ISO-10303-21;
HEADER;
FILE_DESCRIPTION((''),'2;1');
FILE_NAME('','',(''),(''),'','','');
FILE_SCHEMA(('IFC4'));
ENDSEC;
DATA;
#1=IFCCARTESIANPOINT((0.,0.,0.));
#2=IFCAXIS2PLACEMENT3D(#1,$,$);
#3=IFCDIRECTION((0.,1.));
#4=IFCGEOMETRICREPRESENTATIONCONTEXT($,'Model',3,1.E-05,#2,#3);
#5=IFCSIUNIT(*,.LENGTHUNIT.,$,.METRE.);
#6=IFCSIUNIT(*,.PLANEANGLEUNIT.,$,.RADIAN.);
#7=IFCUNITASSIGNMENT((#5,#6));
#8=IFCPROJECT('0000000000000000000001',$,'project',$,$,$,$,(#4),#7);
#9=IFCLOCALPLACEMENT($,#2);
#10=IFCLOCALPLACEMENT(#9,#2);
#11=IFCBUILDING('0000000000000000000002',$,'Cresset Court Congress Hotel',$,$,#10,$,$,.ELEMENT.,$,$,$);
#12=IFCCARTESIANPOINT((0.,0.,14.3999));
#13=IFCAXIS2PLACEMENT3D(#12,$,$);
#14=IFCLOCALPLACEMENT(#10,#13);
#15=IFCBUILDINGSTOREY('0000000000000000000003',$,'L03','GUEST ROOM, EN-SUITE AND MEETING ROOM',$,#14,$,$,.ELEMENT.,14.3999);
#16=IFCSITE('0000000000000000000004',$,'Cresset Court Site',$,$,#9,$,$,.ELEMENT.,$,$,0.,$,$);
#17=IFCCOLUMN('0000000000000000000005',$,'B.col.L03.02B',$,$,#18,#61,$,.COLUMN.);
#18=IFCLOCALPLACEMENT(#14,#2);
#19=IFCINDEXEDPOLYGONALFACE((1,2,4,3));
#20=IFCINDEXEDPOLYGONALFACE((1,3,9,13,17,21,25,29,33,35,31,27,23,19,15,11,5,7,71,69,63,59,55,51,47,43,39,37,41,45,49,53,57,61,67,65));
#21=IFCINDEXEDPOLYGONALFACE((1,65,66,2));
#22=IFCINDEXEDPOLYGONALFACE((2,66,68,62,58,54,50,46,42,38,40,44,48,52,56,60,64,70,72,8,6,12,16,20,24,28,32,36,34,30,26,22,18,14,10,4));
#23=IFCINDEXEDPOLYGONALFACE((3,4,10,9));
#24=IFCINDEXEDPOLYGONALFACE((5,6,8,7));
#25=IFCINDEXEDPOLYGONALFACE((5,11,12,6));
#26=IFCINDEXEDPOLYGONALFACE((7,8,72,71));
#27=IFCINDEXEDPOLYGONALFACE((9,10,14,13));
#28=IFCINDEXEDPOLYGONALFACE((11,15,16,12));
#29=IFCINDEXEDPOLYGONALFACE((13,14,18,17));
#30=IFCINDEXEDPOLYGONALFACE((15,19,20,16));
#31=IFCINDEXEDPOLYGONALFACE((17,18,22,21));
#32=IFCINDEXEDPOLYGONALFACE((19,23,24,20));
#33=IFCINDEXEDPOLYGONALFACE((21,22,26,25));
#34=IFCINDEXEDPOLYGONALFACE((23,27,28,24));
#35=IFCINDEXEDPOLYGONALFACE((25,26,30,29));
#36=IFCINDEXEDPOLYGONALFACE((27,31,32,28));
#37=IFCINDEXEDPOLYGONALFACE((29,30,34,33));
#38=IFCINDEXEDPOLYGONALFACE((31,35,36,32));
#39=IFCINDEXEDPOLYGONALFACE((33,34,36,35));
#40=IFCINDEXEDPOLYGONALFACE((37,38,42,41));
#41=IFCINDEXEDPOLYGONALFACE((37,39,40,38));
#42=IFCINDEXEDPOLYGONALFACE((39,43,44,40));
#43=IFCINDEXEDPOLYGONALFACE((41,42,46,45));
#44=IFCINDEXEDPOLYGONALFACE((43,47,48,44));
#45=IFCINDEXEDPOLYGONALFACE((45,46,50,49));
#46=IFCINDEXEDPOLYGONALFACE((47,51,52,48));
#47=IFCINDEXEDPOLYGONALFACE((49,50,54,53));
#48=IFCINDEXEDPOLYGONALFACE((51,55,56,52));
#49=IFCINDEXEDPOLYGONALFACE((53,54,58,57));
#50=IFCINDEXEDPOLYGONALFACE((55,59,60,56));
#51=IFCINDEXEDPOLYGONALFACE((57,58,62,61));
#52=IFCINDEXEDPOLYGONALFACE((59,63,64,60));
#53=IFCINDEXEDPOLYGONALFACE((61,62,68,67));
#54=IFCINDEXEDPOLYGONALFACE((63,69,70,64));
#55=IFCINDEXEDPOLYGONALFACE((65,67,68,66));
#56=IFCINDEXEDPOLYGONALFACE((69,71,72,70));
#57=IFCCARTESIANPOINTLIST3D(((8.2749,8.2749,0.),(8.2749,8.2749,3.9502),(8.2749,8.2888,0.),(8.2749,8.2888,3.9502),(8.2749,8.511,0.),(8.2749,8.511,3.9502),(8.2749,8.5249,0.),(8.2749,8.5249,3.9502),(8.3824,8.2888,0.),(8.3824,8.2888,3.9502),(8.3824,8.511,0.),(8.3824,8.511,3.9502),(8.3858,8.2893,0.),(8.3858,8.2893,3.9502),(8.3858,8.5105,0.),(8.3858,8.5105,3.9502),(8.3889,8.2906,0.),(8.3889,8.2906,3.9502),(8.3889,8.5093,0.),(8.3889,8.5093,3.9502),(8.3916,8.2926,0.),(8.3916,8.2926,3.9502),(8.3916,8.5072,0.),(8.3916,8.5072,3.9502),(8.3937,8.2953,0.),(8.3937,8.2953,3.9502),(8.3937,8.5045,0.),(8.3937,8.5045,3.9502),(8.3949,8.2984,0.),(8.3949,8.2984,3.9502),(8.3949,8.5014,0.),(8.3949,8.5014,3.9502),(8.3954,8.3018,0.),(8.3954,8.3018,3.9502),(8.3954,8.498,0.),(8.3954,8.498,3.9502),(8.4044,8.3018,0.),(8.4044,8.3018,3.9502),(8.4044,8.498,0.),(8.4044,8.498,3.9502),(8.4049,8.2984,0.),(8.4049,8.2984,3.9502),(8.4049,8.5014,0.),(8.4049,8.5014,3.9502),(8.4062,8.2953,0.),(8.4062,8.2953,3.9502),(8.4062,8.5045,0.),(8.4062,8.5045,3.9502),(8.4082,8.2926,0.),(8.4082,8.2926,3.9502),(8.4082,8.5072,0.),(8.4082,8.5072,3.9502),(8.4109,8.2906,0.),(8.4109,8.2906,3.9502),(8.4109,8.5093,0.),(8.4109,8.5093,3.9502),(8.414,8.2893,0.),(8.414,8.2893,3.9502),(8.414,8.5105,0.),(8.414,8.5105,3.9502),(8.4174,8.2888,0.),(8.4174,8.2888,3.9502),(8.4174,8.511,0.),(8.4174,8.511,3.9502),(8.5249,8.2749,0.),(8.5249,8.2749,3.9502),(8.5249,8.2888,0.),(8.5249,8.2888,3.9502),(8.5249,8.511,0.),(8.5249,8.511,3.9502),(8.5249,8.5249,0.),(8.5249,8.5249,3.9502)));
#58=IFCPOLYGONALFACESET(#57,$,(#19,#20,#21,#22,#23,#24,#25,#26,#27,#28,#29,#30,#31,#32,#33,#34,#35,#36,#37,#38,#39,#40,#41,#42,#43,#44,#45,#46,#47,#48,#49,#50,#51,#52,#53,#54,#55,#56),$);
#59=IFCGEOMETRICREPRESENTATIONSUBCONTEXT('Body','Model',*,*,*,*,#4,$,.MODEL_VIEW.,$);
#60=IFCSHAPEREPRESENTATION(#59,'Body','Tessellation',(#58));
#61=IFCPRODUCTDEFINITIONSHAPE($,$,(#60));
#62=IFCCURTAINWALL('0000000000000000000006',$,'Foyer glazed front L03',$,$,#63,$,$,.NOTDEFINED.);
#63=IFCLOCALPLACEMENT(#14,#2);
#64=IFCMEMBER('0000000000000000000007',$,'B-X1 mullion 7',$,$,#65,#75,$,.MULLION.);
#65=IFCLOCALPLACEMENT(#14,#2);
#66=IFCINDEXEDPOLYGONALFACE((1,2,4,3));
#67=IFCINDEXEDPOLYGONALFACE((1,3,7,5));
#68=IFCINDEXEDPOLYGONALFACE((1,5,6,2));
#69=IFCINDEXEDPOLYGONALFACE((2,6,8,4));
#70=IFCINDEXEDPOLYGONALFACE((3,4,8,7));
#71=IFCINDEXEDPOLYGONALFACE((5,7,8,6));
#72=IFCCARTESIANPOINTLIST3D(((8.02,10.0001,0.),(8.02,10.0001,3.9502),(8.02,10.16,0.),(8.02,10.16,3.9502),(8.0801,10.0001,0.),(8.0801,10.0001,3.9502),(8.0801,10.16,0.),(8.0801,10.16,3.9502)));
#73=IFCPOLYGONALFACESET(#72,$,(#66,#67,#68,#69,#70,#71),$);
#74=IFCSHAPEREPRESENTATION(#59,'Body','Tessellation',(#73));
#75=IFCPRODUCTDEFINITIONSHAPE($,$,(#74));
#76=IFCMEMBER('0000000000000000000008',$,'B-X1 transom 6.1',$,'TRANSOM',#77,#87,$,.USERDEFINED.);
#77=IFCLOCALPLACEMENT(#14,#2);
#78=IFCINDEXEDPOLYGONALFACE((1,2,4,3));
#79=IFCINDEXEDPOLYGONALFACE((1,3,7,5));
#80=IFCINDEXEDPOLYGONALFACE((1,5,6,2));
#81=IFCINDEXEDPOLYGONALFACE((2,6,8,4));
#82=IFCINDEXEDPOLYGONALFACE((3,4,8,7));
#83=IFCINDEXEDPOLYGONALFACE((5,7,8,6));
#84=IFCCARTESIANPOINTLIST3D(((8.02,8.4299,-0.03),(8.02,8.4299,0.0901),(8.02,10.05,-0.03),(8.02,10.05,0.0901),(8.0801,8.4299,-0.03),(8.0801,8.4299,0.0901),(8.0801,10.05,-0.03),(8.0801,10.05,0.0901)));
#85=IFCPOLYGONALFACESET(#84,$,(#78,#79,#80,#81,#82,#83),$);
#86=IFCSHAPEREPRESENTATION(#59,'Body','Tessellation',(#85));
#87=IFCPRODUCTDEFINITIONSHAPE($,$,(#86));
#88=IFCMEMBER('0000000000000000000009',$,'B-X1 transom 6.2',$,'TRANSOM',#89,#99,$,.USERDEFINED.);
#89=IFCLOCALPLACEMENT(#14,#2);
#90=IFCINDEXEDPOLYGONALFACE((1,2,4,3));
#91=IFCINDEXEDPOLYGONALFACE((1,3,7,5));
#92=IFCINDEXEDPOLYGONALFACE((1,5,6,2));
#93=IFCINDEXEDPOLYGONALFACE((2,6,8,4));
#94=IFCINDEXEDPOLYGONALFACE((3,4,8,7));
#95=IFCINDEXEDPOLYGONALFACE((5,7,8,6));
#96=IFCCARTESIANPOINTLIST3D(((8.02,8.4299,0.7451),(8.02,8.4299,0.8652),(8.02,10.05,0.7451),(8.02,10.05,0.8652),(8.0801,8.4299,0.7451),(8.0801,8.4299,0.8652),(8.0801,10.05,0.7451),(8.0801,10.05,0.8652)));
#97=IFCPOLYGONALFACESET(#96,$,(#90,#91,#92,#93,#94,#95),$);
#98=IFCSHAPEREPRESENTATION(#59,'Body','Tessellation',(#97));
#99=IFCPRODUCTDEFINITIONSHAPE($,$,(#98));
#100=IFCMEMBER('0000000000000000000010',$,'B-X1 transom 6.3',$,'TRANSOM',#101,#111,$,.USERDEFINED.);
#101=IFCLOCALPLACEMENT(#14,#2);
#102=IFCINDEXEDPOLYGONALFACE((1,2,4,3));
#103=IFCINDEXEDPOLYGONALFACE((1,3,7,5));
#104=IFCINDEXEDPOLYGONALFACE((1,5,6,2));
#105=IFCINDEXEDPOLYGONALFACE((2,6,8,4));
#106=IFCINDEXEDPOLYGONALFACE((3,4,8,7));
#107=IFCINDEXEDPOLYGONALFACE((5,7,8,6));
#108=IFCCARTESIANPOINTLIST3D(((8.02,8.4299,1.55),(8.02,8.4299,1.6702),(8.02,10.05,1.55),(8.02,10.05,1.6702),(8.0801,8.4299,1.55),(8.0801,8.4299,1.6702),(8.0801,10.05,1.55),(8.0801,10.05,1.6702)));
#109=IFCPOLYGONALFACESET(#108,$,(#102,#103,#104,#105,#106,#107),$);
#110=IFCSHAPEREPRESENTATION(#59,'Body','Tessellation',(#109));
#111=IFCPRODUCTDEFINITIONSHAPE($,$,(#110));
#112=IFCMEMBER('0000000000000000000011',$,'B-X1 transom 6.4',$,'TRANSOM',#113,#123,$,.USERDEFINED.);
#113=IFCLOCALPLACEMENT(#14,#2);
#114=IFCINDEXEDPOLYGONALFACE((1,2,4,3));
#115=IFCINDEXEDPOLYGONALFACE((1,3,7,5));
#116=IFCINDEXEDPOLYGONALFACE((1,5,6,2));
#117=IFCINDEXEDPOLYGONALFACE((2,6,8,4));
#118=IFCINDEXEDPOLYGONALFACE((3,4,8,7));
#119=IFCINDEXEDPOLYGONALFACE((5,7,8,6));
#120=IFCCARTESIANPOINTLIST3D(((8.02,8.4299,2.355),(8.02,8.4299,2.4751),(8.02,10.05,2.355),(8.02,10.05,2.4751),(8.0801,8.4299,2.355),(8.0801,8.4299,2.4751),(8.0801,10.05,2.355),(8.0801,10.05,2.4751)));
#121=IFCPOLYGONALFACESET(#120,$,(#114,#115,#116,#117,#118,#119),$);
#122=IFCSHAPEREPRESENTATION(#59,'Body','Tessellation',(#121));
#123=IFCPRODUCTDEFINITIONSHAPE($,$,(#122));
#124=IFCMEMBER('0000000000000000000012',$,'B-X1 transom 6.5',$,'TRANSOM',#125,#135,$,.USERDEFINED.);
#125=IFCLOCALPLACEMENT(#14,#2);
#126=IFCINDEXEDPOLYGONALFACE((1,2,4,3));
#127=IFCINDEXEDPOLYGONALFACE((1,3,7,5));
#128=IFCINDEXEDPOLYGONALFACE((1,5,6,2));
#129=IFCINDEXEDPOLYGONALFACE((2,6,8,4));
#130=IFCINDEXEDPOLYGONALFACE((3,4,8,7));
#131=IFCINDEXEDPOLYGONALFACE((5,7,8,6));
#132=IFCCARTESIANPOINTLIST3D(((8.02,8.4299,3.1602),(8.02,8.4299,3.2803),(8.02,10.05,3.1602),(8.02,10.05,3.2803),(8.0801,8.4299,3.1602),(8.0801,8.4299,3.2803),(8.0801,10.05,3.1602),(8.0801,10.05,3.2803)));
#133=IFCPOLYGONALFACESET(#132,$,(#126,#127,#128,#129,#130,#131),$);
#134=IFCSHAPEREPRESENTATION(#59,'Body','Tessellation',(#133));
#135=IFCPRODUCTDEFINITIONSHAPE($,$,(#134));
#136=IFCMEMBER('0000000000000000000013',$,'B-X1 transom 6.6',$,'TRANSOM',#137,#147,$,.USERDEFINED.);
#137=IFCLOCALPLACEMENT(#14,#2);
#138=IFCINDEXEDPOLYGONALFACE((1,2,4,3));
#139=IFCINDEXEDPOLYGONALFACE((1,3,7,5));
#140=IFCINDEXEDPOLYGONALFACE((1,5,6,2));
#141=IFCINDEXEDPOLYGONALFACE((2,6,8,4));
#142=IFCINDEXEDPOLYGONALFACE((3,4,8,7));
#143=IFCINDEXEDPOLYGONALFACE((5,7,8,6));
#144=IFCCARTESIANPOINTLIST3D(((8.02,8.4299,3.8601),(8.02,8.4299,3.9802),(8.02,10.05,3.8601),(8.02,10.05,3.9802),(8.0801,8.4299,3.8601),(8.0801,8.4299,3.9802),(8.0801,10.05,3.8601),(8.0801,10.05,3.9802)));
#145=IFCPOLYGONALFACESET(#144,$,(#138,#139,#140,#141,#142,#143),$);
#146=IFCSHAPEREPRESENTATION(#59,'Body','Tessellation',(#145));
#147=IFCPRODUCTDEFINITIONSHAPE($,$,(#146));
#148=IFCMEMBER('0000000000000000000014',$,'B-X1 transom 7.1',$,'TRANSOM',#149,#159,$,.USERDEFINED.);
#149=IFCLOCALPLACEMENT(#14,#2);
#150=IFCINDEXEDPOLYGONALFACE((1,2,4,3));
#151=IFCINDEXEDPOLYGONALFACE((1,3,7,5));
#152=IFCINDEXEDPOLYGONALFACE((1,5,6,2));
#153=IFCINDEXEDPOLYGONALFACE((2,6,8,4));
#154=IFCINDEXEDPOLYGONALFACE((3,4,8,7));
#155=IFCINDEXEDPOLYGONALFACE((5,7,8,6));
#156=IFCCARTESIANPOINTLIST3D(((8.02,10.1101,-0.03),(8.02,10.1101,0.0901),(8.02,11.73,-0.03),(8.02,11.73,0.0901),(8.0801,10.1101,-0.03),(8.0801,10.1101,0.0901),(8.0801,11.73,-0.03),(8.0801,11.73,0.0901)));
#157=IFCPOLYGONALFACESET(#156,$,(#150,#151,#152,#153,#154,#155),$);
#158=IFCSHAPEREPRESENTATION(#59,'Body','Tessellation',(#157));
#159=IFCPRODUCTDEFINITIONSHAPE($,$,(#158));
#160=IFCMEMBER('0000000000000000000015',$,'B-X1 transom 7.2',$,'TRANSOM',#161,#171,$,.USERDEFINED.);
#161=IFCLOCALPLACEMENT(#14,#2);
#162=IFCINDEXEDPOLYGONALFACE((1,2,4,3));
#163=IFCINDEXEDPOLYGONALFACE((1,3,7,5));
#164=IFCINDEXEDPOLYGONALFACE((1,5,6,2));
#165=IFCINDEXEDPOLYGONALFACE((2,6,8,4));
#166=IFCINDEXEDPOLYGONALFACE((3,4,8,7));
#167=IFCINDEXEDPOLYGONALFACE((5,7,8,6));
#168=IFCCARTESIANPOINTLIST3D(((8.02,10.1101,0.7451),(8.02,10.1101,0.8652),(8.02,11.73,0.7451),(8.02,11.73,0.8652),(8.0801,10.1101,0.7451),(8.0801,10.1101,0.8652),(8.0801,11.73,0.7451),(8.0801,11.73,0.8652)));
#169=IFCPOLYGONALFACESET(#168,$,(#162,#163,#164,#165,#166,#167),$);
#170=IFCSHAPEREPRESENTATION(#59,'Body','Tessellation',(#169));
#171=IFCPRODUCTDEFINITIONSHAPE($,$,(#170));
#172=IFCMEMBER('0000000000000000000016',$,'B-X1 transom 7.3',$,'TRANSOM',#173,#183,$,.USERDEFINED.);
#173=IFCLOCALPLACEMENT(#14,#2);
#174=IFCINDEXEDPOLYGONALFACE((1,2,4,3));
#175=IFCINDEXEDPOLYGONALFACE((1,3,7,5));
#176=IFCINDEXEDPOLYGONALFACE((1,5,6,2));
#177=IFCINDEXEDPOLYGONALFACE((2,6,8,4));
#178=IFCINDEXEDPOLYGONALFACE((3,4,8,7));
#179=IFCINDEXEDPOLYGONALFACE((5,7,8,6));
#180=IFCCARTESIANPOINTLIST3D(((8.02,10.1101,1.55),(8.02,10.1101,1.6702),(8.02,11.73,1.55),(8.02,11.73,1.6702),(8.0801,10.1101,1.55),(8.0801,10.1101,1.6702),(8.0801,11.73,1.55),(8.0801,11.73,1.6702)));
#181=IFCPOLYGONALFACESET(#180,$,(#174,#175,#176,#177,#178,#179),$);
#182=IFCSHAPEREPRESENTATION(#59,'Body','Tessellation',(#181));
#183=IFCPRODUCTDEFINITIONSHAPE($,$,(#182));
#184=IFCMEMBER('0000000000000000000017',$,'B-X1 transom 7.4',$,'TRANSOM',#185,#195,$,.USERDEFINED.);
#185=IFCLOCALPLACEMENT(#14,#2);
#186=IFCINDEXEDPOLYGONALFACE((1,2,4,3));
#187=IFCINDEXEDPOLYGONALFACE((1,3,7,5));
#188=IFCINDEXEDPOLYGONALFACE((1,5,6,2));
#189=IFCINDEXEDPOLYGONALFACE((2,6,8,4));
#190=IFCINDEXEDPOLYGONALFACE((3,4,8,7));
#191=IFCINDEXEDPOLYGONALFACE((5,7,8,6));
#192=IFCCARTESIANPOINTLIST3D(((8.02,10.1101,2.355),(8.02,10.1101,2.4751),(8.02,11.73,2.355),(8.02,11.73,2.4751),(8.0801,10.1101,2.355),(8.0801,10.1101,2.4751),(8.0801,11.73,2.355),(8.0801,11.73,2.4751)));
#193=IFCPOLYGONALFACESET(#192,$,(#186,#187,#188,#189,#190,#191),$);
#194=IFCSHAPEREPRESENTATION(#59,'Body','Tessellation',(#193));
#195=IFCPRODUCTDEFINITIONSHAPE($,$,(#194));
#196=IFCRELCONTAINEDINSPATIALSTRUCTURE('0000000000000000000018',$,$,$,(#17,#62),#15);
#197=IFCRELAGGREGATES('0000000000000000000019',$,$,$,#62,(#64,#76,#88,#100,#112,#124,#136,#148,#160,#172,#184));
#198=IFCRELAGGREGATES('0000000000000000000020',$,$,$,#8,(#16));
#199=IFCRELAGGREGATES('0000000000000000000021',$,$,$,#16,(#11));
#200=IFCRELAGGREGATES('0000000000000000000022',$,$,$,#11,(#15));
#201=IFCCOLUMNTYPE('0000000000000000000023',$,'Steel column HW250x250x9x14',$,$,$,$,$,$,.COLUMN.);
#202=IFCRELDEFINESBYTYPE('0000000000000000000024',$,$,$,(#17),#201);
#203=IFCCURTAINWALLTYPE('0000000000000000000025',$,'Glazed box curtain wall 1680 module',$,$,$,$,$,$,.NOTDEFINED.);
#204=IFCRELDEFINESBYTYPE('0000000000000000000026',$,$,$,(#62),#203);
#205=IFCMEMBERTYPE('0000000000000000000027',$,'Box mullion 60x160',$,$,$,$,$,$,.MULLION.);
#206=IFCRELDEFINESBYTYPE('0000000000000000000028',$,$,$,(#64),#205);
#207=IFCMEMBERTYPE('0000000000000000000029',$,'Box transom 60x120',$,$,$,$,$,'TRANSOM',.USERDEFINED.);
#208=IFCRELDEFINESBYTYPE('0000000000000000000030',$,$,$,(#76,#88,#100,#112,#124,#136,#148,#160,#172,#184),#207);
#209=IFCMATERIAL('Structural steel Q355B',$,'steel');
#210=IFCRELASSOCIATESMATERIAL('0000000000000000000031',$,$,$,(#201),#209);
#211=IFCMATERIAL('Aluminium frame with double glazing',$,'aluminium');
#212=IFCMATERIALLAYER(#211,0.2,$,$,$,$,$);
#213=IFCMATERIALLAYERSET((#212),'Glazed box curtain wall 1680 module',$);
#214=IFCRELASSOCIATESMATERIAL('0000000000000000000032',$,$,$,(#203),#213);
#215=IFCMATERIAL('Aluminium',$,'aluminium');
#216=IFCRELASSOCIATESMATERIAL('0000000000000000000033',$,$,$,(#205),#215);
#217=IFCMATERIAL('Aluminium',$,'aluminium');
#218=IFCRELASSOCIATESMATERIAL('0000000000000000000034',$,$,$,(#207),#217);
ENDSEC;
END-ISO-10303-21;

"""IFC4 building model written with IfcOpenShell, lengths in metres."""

from ifc_helpers import new_model, si_unit, direction, frame, origin, origin_2d, place, context, subcontext, project, spatial, rectangle, i_section, extrude, material, layer, layer_set, material_profile, profile_set, type_object, element, aggregate, save


model = new_model("IFC4")

# Units and contexts
model_context = context("Model", 3, precision=1e-05, world=origin(), true_north=direction((0.0, 1.0)))
body_context = subcontext(model_context, "Body", "Model", "MODEL_VIEW")
ifc_project = project(units=[si_unit("LENGTHUNIT", "METRE"), si_unit("PLANEANGLEUNIT", "RADIAN")], contexts=[model_context])

# Site, building, storey
site_placement = place(None, origin())
site = spatial("IfcSite", under=ifc_project, at=site_placement, Name="Cresset Court Site", CompositionType="ELEMENT", RefElevation=0.0)
building_placement = place(site_placement, origin())
building = spatial("IfcBuilding", under=site, at=building_placement, Name="Cresset Court Congress Hotel", CompositionType="ELEMENT")
storey_placement = place(building_placement, frame((0.0, 0.0, 14.3999)))
storey = spatial("IfcBuildingStorey", under=building, at=storey_placement, Name="L03", Description="GUEST ROOM, EN-SUITE AND MEETING ROOM", CompositionType="ELEMENT", Elevation=14.3999)

# Column
ifc_material_1 = material(Name="Structural steel Q355B", Category="steel")
ifc_material_profile_1 = material_profile(ifc_material_1, i_section(OverallWidth=0.25, OverallDepth=0.25, WebThickness=0.009, FlangeThickness=0.0139, FilletRadius=0.0129, at=origin_2d()), Name="HW250x250x9x14")
ifc_profile_set_1 = profile_set([ifc_material_profile_1], Name="Structural steel Q355B")
column_type = type_object("IfcColumnType", Name="Steel column HW250x250x9x14", PredefinedType="COLUMN", material=ifc_profile_set_1)
column_placement = place(storey_placement, frame((8.3999, 8.3999, 0.0), z_axis=(0.0, 0.0, 1.0), x_axis=(1.0, 0.0, 0.0)))
element("IfcColumn", 1, at=column_placement, inside=storey, type_object=column_type, Name="B.col.L03.02B", PredefinedType="COLUMN", context=body_context, shape_type="SweptSolid", body=[
    extrude(i_section(OverallWidth=0.25, OverallDepth=0.25, WebThickness=0.009, FlangeThickness=0.0139, FilletRadius=0.0129, at=origin_2d()), origin(), (0.0, 0.0, 1.0), 3.9502),
])

# Curtain wall, members
ifc_material_2 = material(Name="Aluminium frame with double glazing", Category="aluminium")
ifc_layer_1 = layer(ifc_material_2, 0.2)
ifc_layer_set_1 = layer_set([ifc_layer_1], Name="Glazed box curtain wall 1680 module")
curtain_wall_type = type_object("IfcCurtainWallType", Name="Glazed box curtain wall 1680 module", PredefinedType="NOTDEFINED", material=ifc_layer_set_1)
curtain_wall_placement = place(storey_placement, origin())
curtain_wall = element("IfcCurtainWall", 2, at=curtain_wall_placement, inside=storey, type_object=curtain_wall_type, Name="Foyer glazed front L03", PredefinedType="NOTDEFINED")
ifc_material_3 = material(Name="Aluminium", Category="aluminium")
ifc_material_profile_2 = material_profile(ifc_material_3, rectangle(XDim=0.0601, YDim=0.1599, at=origin_2d()), Name="Box mullion 60x160")
ifc_profile_set_2 = profile_set([ifc_material_profile_2], Name="Aluminium")
member_type_1 = type_object("IfcMemberType", Name="Box mullion 60x160", PredefinedType="MULLION", material=ifc_profile_set_2)
member_1_placement = place(storey_placement, frame((8.05, 10.0801, 0.0), z_axis=(0.0, 0.0, 1.0), x_axis=(-1.0, 0.0, 0.0)))
member_1 = element("IfcMember", 3, at=member_1_placement, type_object=member_type_1, Name="B-X1 mullion 7", PredefinedType="MULLION", context=body_context, shape_type="SweptSolid", body=[
    extrude(rectangle(XDim=0.0601, YDim=0.1599, at=origin_2d()), origin(), (0.0, 0.0, 1.0), 3.9502),
])
ifc_material_4 = material(Name="Aluminium", Category="aluminium")
ifc_material_profile_3 = material_profile(ifc_material_4, rectangle(XDim=0.0601, YDim=0.1201, at=origin_2d()), Name="Box transom 60x120")
ifc_profile_set_3 = profile_set([ifc_material_profile_3], Name="Aluminium")
member_type_2 = type_object("IfcMemberType", Name="Box transom 60x120", ElementType="TRANSOM", PredefinedType="USERDEFINED", material=ifc_profile_set_3)
member_2_placement = place(storey_placement, frame((8.05, 8.4299, 0.03), z_axis=(0.0, 1.0, 0.0), x_axis=(-1.0, 0.0, 0.0)))
member_2 = element("IfcMember", 4, at=member_2_placement, type_object=member_type_2, Name="B-X1 transom 6.1", ObjectType="TRANSOM", PredefinedType="USERDEFINED", context=body_context, shape_type="SweptSolid", body=[
    extrude(rectangle(XDim=0.0601, YDim=0.1201, at=origin_2d()), origin(), (0.0, 0.0, 1.0), 1.6201),
])
member_3_placement = place(storey_placement, frame((8.05, 8.4299, 0.8052), z_axis=(0.0, 1.0, 0.0), x_axis=(-1.0, 0.0, 0.0)))
member_3 = element("IfcMember", 5, at=member_3_placement, type_object=member_type_2, Name="B-X1 transom 6.2", ObjectType="TRANSOM", PredefinedType="USERDEFINED", context=body_context, shape_type="SweptSolid", body=[
    extrude(rectangle(XDim=0.0601, YDim=0.1201, at=origin_2d()), origin(), (0.0, 0.0, 1.0), 1.6201),
])
member_4_placement = place(storey_placement, frame((8.05, 8.4299, 1.6101), z_axis=(0.0, 1.0, 0.0), x_axis=(-1.0, 0.0, 0.0)))
member_4 = element("IfcMember", 6, at=member_4_placement, type_object=member_type_2, Name="B-X1 transom 6.3", ObjectType="TRANSOM", PredefinedType="USERDEFINED", context=body_context, shape_type="SweptSolid", body=[
    extrude(rectangle(XDim=0.0601, YDim=0.1201, at=origin_2d()), origin(), (0.0, 0.0, 1.0), 1.6201),
])
member_5_placement = place(storey_placement, frame((8.05, 8.4299, 2.415), z_axis=(0.0, 1.0, 0.0), x_axis=(-1.0, 0.0, 0.0)))
member_5 = element("IfcMember", 7, at=member_5_placement, type_object=member_type_2, Name="B-X1 transom 6.4", ObjectType="TRANSOM", PredefinedType="USERDEFINED", context=body_context, shape_type="SweptSolid", body=[
    extrude(rectangle(XDim=0.0601, YDim=0.1201, at=origin_2d()), origin(), (0.0, 0.0, 1.0), 1.6201),
])
member_6_placement = place(storey_placement, frame((8.05, 8.4299, 3.2202), z_axis=(0.0, 1.0, 0.0), x_axis=(-1.0, 0.0, 0.0)))
member_6 = element("IfcMember", 8, at=member_6_placement, type_object=member_type_2, Name="B-X1 transom 6.5", ObjectType="TRANSOM", PredefinedType="USERDEFINED", context=body_context, shape_type="SweptSolid", body=[
    extrude(rectangle(XDim=0.0601, YDim=0.1201, at=origin_2d()), origin(), (0.0, 0.0, 1.0), 1.6201),
])
member_7_placement = place(storey_placement, frame((8.05, 8.4299, 3.9202), z_axis=(0.0, 1.0, 0.0), x_axis=(-1.0, 0.0, 0.0)))
member_7 = element("IfcMember", 9, at=member_7_placement, type_object=member_type_2, Name="B-X1 transom 6.6", ObjectType="TRANSOM", PredefinedType="USERDEFINED", context=body_context, shape_type="SweptSolid", body=[
    extrude(rectangle(XDim=0.0601, YDim=0.1201, at=origin_2d()), origin(), (0.0, 0.0, 1.0), 1.6201),
])
member_8_placement = place(storey_placement, frame((8.05, 10.1101, 0.03), z_axis=(0.0, 1.0, 0.0), x_axis=(-1.0, 0.0, 0.0)))
member_8 = element("IfcMember", 10, at=member_8_placement, type_object=member_type_2, Name="B-X1 transom 7.1", ObjectType="TRANSOM", PredefinedType="USERDEFINED", context=body_context, shape_type="SweptSolid", body=[
    extrude(rectangle(XDim=0.0601, YDim=0.1201, at=origin_2d()), origin(), (0.0, 0.0, 1.0), 1.6199),
])
member_9_placement = place(storey_placement, frame((8.05, 10.1101, 0.8052), z_axis=(0.0, 1.0, 0.0), x_axis=(-1.0, 0.0, 0.0)))
member_9 = element("IfcMember", 11, at=member_9_placement, type_object=member_type_2, Name="B-X1 transom 7.2", ObjectType="TRANSOM", PredefinedType="USERDEFINED", context=body_context, shape_type="SweptSolid", body=[
    extrude(rectangle(XDim=0.0601, YDim=0.1201, at=origin_2d()), origin(), (0.0, 0.0, 1.0), 1.6199),
])
member_10_placement = place(storey_placement, frame((8.05, 10.1101, 1.6101), z_axis=(0.0, 1.0, 0.0), x_axis=(-1.0, 0.0, 0.0)))
member_10 = element("IfcMember", 12, at=member_10_placement, type_object=member_type_2, Name="B-X1 transom 7.3", ObjectType="TRANSOM", PredefinedType="USERDEFINED", context=body_context, shape_type="SweptSolid", body=[
    extrude(rectangle(XDim=0.0601, YDim=0.1201, at=origin_2d()), origin(), (0.0, 0.0, 1.0), 1.6199),
])
member_11_placement = place(storey_placement, frame((8.05, 10.1101, 2.415), z_axis=(0.0, 1.0, 0.0), x_axis=(-1.0, 0.0, 0.0)))
member_11 = element("IfcMember", 13, at=member_11_placement, type_object=member_type_2, Name="B-X1 transom 7.4", ObjectType="TRANSOM", PredefinedType="USERDEFINED", context=body_context, shape_type="SweptSolid", body=[
    extrude(rectangle(XDim=0.0601, YDim=0.1201, at=origin_2d()), origin(), (0.0, 0.0, 1.0), 1.6199),
])
aggregate(curtain_wall, [member_1, member_2, member_3, member_4, member_5, member_6, member_7, member_8, member_9, member_10, member_11])

save(model, "model.ifc")
